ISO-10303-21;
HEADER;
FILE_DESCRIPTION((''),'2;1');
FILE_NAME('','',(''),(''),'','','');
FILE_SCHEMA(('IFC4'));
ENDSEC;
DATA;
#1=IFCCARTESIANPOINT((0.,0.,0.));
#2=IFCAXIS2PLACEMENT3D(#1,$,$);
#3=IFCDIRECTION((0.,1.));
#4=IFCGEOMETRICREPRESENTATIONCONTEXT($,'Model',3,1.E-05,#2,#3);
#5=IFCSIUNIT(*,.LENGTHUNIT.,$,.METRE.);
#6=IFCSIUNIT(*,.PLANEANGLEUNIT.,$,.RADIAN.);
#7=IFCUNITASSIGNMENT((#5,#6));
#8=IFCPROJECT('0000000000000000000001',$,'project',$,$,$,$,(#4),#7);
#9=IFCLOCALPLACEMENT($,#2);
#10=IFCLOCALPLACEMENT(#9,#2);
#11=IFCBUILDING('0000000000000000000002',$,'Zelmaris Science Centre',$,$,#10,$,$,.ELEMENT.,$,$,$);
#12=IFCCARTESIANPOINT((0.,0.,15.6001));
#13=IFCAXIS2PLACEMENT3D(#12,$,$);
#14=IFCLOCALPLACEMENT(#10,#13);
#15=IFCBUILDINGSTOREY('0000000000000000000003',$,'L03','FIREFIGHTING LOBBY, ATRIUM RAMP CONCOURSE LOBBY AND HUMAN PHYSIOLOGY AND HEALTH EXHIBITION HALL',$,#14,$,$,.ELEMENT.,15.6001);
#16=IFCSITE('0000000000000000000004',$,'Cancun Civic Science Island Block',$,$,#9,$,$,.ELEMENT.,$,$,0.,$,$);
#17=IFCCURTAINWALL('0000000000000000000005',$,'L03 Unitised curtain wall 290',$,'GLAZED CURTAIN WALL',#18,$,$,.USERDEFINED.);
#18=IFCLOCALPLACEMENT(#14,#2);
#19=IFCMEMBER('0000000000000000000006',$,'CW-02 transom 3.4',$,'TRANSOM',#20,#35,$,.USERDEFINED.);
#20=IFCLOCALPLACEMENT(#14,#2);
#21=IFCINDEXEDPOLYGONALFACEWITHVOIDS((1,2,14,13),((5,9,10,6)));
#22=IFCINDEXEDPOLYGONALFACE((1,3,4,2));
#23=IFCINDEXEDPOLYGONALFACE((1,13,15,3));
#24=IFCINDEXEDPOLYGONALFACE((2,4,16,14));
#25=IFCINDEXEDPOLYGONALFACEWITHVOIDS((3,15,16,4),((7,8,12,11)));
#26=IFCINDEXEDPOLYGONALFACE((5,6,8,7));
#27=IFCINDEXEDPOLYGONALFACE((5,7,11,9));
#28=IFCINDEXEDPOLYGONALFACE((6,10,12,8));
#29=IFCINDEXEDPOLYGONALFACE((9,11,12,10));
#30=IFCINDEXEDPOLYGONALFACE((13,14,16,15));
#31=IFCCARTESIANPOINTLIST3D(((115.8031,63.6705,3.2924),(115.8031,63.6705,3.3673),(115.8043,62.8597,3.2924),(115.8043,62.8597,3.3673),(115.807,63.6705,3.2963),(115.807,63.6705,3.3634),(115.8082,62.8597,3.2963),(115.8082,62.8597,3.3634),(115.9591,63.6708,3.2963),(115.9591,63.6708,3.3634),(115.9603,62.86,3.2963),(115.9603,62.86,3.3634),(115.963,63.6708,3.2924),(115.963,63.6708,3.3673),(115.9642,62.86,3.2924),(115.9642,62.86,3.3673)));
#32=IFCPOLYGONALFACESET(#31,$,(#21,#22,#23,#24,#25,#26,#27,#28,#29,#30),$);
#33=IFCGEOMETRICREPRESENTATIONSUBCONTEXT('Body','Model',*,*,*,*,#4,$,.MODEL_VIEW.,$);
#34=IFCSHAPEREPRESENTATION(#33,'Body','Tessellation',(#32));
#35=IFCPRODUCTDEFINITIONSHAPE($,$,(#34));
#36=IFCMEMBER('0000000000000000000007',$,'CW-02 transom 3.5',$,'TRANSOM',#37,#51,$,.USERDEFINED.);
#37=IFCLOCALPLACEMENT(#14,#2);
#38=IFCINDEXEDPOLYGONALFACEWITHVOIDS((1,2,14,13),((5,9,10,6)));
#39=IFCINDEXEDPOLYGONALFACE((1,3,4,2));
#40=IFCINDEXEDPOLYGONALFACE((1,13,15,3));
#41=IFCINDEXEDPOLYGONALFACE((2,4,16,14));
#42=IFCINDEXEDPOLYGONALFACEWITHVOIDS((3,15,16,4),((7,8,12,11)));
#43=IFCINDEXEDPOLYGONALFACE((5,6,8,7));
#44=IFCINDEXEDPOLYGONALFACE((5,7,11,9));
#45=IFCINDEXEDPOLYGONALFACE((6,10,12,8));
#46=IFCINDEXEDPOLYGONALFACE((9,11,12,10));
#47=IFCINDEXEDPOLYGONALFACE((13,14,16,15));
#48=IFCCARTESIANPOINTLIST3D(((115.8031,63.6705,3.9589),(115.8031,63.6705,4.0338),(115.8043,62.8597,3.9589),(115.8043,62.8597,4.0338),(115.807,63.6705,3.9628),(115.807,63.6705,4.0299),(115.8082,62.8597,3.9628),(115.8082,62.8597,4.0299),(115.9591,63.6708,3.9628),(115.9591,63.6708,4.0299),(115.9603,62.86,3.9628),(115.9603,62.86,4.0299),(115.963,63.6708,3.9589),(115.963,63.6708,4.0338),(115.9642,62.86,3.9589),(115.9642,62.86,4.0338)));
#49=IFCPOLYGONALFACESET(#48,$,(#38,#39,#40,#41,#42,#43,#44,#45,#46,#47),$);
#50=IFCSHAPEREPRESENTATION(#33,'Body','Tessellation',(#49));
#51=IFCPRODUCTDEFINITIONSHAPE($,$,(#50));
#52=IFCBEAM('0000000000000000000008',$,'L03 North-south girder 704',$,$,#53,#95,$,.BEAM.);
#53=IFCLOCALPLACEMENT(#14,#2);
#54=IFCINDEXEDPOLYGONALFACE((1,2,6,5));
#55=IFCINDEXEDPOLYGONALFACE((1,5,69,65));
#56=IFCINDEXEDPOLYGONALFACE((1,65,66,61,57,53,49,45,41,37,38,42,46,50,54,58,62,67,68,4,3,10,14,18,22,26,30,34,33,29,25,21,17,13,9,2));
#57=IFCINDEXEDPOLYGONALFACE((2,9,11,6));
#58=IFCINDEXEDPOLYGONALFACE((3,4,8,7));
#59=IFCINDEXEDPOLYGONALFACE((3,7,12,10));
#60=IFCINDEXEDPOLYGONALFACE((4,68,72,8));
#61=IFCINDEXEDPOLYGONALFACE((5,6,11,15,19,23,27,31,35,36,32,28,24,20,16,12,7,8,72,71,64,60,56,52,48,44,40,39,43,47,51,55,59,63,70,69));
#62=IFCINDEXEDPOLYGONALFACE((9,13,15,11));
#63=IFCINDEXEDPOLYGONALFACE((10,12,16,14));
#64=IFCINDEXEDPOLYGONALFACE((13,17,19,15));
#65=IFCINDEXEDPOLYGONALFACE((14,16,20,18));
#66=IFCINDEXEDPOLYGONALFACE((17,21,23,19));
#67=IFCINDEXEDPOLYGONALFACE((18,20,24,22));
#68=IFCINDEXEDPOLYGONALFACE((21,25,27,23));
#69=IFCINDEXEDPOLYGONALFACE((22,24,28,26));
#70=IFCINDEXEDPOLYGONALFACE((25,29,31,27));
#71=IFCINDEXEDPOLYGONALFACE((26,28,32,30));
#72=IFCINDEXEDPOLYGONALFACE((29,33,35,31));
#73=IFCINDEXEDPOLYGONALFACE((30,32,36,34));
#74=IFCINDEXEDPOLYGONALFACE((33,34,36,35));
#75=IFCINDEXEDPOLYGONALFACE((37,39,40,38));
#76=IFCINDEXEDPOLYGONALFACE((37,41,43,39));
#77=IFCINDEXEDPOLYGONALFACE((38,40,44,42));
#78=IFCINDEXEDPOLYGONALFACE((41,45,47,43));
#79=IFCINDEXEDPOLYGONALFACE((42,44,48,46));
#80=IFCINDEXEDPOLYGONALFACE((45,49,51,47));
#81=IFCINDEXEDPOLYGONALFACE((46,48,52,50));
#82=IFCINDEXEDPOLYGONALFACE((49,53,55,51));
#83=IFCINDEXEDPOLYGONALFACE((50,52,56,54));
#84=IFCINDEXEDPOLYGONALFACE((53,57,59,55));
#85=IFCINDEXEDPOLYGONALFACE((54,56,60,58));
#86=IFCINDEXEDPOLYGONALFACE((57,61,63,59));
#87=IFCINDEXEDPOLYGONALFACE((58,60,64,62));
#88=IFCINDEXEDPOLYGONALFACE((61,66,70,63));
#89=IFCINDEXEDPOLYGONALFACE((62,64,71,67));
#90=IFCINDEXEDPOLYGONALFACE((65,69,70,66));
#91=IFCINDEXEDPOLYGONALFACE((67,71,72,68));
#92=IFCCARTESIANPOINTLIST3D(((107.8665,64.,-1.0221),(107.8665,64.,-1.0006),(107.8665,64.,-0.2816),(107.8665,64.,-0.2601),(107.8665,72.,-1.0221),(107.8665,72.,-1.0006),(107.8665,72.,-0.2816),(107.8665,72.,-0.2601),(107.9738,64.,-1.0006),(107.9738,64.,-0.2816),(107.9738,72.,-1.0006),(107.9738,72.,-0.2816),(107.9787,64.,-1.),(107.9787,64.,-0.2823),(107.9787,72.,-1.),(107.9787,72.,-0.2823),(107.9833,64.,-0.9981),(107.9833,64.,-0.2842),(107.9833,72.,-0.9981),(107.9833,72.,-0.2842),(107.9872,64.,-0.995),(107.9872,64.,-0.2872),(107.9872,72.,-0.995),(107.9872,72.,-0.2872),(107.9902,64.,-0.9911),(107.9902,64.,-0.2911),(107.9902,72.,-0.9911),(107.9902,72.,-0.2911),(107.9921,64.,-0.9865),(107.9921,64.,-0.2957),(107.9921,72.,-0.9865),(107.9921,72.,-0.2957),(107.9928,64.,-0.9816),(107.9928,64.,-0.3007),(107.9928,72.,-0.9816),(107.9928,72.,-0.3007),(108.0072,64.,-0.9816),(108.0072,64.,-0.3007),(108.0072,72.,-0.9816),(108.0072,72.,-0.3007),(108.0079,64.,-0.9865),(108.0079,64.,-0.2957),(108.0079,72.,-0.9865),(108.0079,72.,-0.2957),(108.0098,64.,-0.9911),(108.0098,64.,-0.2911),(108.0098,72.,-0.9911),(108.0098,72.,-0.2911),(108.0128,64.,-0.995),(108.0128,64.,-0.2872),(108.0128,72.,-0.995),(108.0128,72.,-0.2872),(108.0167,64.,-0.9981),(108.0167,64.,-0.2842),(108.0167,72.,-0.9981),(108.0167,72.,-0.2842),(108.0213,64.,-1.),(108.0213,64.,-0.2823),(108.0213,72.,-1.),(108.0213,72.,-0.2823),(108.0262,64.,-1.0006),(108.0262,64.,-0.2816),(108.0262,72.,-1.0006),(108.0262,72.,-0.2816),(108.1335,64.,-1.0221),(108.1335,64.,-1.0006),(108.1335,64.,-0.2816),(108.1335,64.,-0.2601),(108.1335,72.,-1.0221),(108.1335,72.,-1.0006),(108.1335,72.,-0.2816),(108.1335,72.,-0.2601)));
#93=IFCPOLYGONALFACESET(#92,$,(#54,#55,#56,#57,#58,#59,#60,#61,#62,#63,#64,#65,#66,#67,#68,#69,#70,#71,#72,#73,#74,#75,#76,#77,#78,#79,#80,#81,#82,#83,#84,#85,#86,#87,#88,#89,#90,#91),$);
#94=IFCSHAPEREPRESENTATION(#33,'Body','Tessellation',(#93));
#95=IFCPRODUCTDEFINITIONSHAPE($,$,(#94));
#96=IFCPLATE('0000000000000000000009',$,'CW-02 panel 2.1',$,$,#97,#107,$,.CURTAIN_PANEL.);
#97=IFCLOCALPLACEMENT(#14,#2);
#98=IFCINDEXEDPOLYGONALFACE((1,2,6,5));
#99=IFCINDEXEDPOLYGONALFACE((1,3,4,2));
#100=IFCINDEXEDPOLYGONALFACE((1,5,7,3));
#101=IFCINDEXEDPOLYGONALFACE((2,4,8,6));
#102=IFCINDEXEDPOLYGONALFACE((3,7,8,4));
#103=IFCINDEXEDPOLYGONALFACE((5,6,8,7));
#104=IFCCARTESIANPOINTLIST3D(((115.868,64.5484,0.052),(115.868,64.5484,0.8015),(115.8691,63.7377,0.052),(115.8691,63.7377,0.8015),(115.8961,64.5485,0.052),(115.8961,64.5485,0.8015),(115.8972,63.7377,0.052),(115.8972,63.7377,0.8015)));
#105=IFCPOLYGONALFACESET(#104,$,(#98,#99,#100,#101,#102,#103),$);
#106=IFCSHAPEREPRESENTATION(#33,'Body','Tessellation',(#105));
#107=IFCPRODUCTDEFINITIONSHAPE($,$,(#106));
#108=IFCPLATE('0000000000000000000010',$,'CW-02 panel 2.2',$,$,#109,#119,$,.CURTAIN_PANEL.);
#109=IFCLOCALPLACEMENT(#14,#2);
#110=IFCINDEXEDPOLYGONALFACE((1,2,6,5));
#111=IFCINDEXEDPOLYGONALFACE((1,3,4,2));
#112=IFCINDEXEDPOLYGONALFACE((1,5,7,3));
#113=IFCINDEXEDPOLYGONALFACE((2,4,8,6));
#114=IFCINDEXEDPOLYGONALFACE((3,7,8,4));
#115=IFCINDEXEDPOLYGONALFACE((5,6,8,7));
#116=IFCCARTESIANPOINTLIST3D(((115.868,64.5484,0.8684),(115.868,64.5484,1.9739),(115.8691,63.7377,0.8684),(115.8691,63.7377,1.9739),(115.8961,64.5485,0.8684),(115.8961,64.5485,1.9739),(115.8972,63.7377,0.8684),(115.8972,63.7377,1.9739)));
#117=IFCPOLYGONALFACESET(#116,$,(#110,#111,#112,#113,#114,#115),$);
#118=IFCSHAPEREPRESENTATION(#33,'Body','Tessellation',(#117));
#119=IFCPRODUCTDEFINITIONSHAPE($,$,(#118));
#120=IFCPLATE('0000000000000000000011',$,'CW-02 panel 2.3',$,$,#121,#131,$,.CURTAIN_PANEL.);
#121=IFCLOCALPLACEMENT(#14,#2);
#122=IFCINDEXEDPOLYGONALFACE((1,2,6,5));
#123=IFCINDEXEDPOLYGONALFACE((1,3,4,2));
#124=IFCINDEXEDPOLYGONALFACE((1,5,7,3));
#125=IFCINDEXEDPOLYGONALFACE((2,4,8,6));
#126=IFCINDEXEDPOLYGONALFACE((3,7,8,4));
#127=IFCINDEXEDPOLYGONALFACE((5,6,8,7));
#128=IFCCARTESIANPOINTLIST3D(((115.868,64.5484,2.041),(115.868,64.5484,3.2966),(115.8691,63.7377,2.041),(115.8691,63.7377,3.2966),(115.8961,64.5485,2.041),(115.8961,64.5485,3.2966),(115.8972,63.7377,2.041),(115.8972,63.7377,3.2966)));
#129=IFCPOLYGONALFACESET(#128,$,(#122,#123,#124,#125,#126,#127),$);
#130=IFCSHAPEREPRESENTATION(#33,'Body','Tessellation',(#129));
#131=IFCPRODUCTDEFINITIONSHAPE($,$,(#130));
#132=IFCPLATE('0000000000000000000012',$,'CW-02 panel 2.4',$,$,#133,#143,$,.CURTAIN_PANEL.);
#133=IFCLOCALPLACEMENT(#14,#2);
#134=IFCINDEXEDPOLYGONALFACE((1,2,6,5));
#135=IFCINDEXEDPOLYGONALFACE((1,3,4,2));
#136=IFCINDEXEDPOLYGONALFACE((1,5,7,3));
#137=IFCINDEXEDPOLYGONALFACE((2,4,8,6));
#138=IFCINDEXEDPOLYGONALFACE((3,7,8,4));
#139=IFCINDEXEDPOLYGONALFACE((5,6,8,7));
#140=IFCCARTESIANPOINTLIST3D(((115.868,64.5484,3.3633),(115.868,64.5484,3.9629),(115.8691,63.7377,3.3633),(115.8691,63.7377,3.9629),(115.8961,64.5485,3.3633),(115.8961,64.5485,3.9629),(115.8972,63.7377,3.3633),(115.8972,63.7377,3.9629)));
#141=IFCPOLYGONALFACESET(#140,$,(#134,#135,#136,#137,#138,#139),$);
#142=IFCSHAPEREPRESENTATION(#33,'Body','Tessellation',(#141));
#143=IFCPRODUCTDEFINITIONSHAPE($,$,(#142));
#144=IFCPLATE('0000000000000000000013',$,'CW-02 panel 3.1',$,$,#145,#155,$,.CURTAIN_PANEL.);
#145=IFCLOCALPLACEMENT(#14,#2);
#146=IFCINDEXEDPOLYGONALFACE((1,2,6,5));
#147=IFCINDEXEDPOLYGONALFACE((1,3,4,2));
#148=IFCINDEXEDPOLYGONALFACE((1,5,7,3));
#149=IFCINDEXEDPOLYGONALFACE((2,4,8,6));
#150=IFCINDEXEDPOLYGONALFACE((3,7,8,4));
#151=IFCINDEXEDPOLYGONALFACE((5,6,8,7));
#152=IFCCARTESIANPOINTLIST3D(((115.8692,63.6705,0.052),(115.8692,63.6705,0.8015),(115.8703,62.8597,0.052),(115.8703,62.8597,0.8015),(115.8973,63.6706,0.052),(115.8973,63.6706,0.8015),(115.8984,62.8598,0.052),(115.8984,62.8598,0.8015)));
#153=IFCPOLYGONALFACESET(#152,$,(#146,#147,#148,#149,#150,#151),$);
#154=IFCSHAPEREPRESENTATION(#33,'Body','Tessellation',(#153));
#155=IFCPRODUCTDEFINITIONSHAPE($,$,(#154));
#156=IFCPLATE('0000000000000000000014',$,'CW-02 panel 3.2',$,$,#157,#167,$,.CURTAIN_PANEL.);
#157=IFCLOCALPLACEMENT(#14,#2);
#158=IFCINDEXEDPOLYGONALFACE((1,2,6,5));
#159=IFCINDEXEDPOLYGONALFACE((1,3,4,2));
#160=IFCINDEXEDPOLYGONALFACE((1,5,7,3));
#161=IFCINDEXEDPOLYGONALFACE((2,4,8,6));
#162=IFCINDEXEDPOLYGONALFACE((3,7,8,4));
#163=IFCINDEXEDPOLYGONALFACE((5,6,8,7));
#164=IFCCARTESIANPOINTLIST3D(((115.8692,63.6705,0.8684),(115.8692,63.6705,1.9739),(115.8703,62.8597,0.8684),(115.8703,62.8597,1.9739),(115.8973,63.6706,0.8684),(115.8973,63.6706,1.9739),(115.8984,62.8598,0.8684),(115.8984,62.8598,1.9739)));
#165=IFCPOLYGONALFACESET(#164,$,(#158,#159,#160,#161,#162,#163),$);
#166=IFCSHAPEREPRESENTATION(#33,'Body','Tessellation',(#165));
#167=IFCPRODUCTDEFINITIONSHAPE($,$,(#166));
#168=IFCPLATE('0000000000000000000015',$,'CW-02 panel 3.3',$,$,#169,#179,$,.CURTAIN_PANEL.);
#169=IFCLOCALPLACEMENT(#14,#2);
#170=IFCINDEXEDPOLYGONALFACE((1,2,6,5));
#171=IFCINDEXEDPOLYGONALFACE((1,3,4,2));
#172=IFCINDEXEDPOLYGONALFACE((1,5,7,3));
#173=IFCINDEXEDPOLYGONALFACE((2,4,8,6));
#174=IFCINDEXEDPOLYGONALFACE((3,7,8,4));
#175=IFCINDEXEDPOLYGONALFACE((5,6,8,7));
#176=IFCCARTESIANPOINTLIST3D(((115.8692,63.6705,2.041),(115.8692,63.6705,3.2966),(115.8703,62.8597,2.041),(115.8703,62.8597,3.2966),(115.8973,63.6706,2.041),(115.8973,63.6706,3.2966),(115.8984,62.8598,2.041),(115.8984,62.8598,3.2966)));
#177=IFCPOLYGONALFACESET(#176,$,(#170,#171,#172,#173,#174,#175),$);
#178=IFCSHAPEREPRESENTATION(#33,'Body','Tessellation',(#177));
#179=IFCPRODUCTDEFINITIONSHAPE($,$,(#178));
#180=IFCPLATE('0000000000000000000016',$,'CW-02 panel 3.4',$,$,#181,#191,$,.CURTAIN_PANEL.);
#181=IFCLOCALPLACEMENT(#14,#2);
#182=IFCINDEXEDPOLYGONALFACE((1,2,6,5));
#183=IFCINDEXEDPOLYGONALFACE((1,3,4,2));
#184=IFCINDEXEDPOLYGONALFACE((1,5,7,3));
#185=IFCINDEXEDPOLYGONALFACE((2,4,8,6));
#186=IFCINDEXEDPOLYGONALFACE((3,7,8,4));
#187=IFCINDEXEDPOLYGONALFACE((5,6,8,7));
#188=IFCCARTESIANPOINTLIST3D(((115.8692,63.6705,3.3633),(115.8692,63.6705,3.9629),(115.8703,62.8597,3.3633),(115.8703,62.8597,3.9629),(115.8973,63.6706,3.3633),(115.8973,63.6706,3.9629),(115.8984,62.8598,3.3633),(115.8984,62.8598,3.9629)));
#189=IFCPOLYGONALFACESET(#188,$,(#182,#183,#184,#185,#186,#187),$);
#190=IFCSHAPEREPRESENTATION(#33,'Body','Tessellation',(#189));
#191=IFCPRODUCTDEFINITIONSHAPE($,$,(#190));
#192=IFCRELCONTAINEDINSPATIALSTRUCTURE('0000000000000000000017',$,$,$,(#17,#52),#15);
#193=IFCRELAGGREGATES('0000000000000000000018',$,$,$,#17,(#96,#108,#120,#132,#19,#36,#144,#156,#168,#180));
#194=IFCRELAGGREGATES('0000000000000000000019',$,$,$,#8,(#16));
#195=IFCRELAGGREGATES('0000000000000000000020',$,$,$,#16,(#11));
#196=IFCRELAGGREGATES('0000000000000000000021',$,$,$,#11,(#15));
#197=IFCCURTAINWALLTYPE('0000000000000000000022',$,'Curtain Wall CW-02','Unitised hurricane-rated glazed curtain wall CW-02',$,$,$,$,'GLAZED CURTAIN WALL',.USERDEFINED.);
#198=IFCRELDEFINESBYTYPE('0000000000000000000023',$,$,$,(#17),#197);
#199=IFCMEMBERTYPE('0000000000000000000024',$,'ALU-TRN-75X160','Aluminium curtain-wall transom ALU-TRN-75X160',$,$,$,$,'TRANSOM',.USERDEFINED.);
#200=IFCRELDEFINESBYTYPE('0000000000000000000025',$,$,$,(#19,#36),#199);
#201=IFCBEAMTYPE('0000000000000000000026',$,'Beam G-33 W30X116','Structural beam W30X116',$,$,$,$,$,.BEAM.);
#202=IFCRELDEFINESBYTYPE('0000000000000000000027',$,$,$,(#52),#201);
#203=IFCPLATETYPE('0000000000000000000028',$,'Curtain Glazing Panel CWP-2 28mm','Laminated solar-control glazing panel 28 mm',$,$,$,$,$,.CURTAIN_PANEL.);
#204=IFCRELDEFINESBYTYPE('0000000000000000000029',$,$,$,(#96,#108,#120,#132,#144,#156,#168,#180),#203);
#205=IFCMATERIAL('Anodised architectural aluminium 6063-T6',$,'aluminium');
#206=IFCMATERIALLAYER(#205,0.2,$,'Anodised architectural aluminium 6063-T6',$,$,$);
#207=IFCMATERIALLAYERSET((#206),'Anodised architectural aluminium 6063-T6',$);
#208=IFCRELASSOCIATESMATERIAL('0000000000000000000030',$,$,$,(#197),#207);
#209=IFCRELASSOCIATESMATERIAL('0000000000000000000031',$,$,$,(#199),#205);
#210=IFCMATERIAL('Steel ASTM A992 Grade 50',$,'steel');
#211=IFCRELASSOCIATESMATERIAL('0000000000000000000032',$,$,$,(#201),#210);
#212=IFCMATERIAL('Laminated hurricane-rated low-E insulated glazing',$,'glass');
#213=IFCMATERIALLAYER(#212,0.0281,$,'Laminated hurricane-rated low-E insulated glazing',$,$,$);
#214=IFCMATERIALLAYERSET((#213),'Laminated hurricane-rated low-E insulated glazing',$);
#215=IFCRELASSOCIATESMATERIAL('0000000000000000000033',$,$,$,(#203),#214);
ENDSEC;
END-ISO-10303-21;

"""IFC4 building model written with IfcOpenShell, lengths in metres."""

from ifc_helpers import new_model, si_unit, direction, frame, origin, origin_2d, place, context, subcontext, project, spatial, rectangle, hollow_rectangle, i_section, extrude, material, layer, layer_set, material_profile, profile_set, type_object, element, aggregate, save


model = new_model("IFC4")

# Units and contexts
model_context = context("Model", 3, precision=1e-05, world=origin(), true_north=direction((0.0, 1.0)))
body_context = subcontext(model_context, "Body", "Model", "MODEL_VIEW")
ifc_project = project(units=[si_unit("LENGTHUNIT", "METRE"), si_unit("PLANEANGLEUNIT", "RADIAN")], contexts=[model_context])

# Site, building, storey
site_placement = place(None, origin())
site = spatial("IfcSite", under=ifc_project, at=site_placement, Name="Cancun Civic Science Island Block", CompositionType="ELEMENT", RefElevation=0.0)
building_placement = place(site_placement, origin())
building = spatial("IfcBuilding", under=site, at=building_placement, Name="Zelmaris Science Centre", CompositionType="ELEMENT")
storey_placement = place(building_placement, frame((0.0, 0.0, 15.6001)))
storey = spatial("IfcBuildingStorey", under=building, at=storey_placement, Name="L03", Description="FIREFIGHTING LOBBY, ATRIUM RAMP CONCOURSE LOBBY AND HUMAN PHYSIOLOGY AND HEALTH EXHIBITION HALL", CompositionType="ELEMENT", Elevation=15.6001)

# Shared definitions
ifc_material_1 = material(Name="Steel ASTM A992 Grade 50", Category="steel")

# Curtain wall, members
ifc_material_2 = material(Name="Anodised architectural aluminium 6063-T6", Category="aluminium")
ifc_layer_1 = layer(ifc_material_2, 0.2, Name="Anodised architectural aluminium 6063-T6")
ifc_layer_set_1 = layer_set([ifc_layer_1], Name="Anodised architectural aluminium 6063-T6")
curtain_wall_type = type_object("IfcCurtainWallType", Name="Curtain Wall CW-02", Description="Unitised hurricane-rated glazed curtain wall CW-02", ElementType="GLAZED CURTAIN WALL", PredefinedType="USERDEFINED", material=ifc_layer_set_1)
curtain_wall_placement = place(storey_placement, origin())
curtain_wall = element("IfcCurtainWall", 1, at=curtain_wall_placement, inside=storey, type_object=curtain_wall_type, Name="L03 Unitised curtain wall 290", ObjectType="GLAZED CURTAIN WALL", PredefinedType="USERDEFINED")
ifc_material_profile_1 = material_profile(ifc_material_2, hollow_rectangle(XDim=0.075, YDim=0.1599, WallThickness=0.0039, at=origin_2d()), Name="ALU-TRN-75X160")
ifc_profile_set_1 = profile_set([ifc_material_profile_1], Name="Anodised architectural aluminium 6063-T6")
member_type_1 = type_object("IfcMemberType", Name="ALU-TRN-75X160", Description="Aluminium curtain-wall transom ALU-TRN-75X160", ElementType="TRANSOM", PredefinedType="USERDEFINED", material=ifc_profile_set_1)
member_1_placement = place(storey_placement, frame((115.8831, 63.6707, 3.3298), z_axis=(0.001506, -0.999999, 0.0), x_axis=(0.0, 0.0, 1.0)))
member_1 = element("IfcMember", 2, at=member_1_placement, type_object=member_type_1, Name="CW-02 transom 3.4", ObjectType="TRANSOM", PredefinedType="USERDEFINED", context=body_context, shape_type="SweptSolid", body=[
    extrude(hollow_rectangle(XDim=0.075, YDim=0.1599, WallThickness=0.0039, at=origin_2d()), origin(), (0.0, 0.0, 1.0), 0.8108),
])
member_2_placement = place(storey_placement, frame((115.8831, 63.6707, 3.9963), z_axis=(0.001506, -0.999999, 0.0), x_axis=(0.0, 0.0, 1.0)))
member_2 = element("IfcMember", 3, at=member_2_placement, type_object=member_type_1, Name="CW-02 transom 3.5", ObjectType="TRANSOM", PredefinedType="USERDEFINED", context=body_context, shape_type="SweptSolid", body=[
    extrude(hollow_rectangle(XDim=0.075, YDim=0.1599, WallThickness=0.0039, at=origin_2d()), origin(), (0.0, 0.0, 1.0), 0.8108),
])

# Beam
ifc_material_profile_2 = material_profile(ifc_material_1, i_section(OverallWidth=0.2671, OverallDepth=0.762, WebThickness=0.0144, FlangeThickness=0.0215, FilletRadius=0.019, at=origin_2d()), Name="W30X116")
ifc_profile_set_2 = profile_set([ifc_material_profile_2], Name="Steel ASTM A992 Grade 50")
beam_type = type_object("IfcBeamType", Name="Beam G-33 W30X116", Description="Structural beam W30X116", PredefinedType="BEAM", material=ifc_profile_set_2)
beam_placement = place(storey_placement, frame((108.0, 64.0, -0.6411), z_axis=(0.0, 1.0, 0.0), x_axis=(-1.0, 0.0, 0.0)))
element("IfcBeam", 4, at=beam_placement, inside=storey, type_object=beam_type, Name="L03 North-south girder 704", PredefinedType="BEAM", context=body_context, shape_type="SweptSolid", body=[
    extrude(i_section(OverallWidth=0.2671, OverallDepth=0.762, WebThickness=0.0144, FlangeThickness=0.0215, FilletRadius=0.019, at=origin_2d()), origin(), (0.0, 0.0, 1.0), 8.0),
])

# Plates
ifc_material_3 = material(Name="Laminated hurricane-rated low-E insulated glazing", Category="glass")
ifc_layer_2 = layer(ifc_material_3, 0.0281, Name="Laminated hurricane-rated low-E insulated glazing")
ifc_layer_set_2 = layer_set([ifc_layer_2], Name="Laminated hurricane-rated low-E insulated glazing")
plate_type = type_object("IfcPlateType", Name="Curtain Glazing Panel CWP-2 28mm", Description="Laminated solar-control glazing panel 28 mm", PredefinedType="CURTAIN_PANEL", material=ifc_layer_set_2)
plate_1_placement = place(storey_placement, frame((115.8826, 64.1431, 0.052), z_axis=(0.0, 0.0, 1.0), x_axis=(0.001367, -0.999999, 0.0)))
plate_1 = element("IfcPlate", 5, at=plate_1_placement, type_object=plate_type, Name="CW-02 panel 2.1", PredefinedType="CURTAIN_PANEL", context=body_context, shape_type="SweptSolid", body=[
    extrude(rectangle(XDim=0.8108, YDim=0.0281, at=origin_2d()), origin(), (0.0, 0.0, 1.0), 0.7495),
])
plate_2_placement = place(storey_placement, frame((115.8826, 64.1431, 0.8684), z_axis=(0.0, 0.0, 1.0), x_axis=(0.001367, -0.999999, 0.0)))
plate_2 = element("IfcPlate", 6, at=plate_2_placement, type_object=plate_type, Name="CW-02 panel 2.2", PredefinedType="CURTAIN_PANEL", context=body_context, shape_type="SweptSolid", body=[
    extrude(rectangle(XDim=0.8108, YDim=0.0281, at=origin_2d()), origin(), (0.0, 0.0, 1.0), 1.1055),
])
plate_3_placement = place(storey_placement, frame((115.8826, 64.1431, 2.041), z_axis=(0.0, 0.0, 1.0), x_axis=(0.001367, -0.999999, 0.0)))
plate_3 = element("IfcPlate", 7, at=plate_3_placement, type_object=plate_type, Name="CW-02 panel 2.3", PredefinedType="CURTAIN_PANEL", context=body_context, shape_type="SweptSolid", body=[
    extrude(rectangle(XDim=0.8108, YDim=0.0281, at=origin_2d()), origin(), (0.0, 0.0, 1.0), 1.2556),
])
plate_4_placement = place(storey_placement, frame((115.8826, 64.1431, 3.3633), z_axis=(0.0, 0.0, 1.0), x_axis=(0.001367, -0.999999, 0.0)))
plate_4 = element("IfcPlate", 8, at=plate_4_placement, type_object=plate_type, Name="CW-02 panel 2.4", PredefinedType="CURTAIN_PANEL", context=body_context, shape_type="SweptSolid", body=[
    extrude(rectangle(XDim=0.8108, YDim=0.0281, at=origin_2d()), origin(), (0.0, 0.0, 1.0), 0.5996),
])
plate_5_placement = place(storey_placement, frame((115.8838, 63.2651, 0.052), z_axis=(0.0, 0.0, 1.0), x_axis=(0.001367, -0.999999, 0.0)))
plate_5 = element("IfcPlate", 9, at=plate_5_placement, type_object=plate_type, Name="CW-02 panel 3.1", PredefinedType="CURTAIN_PANEL", context=body_context, shape_type="SweptSolid", body=[
    extrude(rectangle(XDim=0.8108, YDim=0.0281, at=origin_2d()), origin(), (0.0, 0.0, 1.0), 0.7495),
])
plate_6_placement = place(storey_placement, frame((115.8838, 63.2651, 0.8684), z_axis=(0.0, 0.0, 1.0), x_axis=(0.001367, -0.999999, 0.0)))
plate_6 = element("IfcPlate", 10, at=plate_6_placement, type_object=plate_type, Name="CW-02 panel 3.2", PredefinedType="CURTAIN_PANEL", context=body_context, shape_type="SweptSolid", body=[
    extrude(rectangle(XDim=0.8108, YDim=0.0281, at=origin_2d()), origin(), (0.0, 0.0, 1.0), 1.1055),
])
plate_7_placement = place(storey_placement, frame((115.8838, 63.2651, 2.041), z_axis=(0.0, 0.0, 1.0), x_axis=(0.001367, -0.999999, 0.0)))
plate_7 = element("IfcPlate", 11, at=plate_7_placement, type_object=plate_type, Name="CW-02 panel 3.3", PredefinedType="CURTAIN_PANEL", context=body_context, shape_type="SweptSolid", body=[
    extrude(rectangle(XDim=0.8108, YDim=0.0281, at=origin_2d()), origin(), (0.0, 0.0, 1.0), 1.2556),
])
plate_8_placement = place(storey_placement, frame((115.8838, 63.2651, 3.3633), z_axis=(0.0, 0.0, 1.0), x_axis=(0.001367, -0.999999, 0.0)))
plate_8 = element("IfcPlate", 12, at=plate_8_placement, type_object=plate_type, Name="CW-02 panel 3.4", PredefinedType="CURTAIN_PANEL", context=body_context, shape_type="SweptSolid", body=[
    extrude(rectangle(XDim=0.8108, YDim=0.0281, at=origin_2d()), origin(), (0.0, 0.0, 1.0), 0.5996),
])
aggregate(curtain_wall, [plate_1, plate_2, plate_3, plate_4, member_1, member_2, plate_5, plate_6, plate_7, plate_8])

save(model, "model.ifc")
